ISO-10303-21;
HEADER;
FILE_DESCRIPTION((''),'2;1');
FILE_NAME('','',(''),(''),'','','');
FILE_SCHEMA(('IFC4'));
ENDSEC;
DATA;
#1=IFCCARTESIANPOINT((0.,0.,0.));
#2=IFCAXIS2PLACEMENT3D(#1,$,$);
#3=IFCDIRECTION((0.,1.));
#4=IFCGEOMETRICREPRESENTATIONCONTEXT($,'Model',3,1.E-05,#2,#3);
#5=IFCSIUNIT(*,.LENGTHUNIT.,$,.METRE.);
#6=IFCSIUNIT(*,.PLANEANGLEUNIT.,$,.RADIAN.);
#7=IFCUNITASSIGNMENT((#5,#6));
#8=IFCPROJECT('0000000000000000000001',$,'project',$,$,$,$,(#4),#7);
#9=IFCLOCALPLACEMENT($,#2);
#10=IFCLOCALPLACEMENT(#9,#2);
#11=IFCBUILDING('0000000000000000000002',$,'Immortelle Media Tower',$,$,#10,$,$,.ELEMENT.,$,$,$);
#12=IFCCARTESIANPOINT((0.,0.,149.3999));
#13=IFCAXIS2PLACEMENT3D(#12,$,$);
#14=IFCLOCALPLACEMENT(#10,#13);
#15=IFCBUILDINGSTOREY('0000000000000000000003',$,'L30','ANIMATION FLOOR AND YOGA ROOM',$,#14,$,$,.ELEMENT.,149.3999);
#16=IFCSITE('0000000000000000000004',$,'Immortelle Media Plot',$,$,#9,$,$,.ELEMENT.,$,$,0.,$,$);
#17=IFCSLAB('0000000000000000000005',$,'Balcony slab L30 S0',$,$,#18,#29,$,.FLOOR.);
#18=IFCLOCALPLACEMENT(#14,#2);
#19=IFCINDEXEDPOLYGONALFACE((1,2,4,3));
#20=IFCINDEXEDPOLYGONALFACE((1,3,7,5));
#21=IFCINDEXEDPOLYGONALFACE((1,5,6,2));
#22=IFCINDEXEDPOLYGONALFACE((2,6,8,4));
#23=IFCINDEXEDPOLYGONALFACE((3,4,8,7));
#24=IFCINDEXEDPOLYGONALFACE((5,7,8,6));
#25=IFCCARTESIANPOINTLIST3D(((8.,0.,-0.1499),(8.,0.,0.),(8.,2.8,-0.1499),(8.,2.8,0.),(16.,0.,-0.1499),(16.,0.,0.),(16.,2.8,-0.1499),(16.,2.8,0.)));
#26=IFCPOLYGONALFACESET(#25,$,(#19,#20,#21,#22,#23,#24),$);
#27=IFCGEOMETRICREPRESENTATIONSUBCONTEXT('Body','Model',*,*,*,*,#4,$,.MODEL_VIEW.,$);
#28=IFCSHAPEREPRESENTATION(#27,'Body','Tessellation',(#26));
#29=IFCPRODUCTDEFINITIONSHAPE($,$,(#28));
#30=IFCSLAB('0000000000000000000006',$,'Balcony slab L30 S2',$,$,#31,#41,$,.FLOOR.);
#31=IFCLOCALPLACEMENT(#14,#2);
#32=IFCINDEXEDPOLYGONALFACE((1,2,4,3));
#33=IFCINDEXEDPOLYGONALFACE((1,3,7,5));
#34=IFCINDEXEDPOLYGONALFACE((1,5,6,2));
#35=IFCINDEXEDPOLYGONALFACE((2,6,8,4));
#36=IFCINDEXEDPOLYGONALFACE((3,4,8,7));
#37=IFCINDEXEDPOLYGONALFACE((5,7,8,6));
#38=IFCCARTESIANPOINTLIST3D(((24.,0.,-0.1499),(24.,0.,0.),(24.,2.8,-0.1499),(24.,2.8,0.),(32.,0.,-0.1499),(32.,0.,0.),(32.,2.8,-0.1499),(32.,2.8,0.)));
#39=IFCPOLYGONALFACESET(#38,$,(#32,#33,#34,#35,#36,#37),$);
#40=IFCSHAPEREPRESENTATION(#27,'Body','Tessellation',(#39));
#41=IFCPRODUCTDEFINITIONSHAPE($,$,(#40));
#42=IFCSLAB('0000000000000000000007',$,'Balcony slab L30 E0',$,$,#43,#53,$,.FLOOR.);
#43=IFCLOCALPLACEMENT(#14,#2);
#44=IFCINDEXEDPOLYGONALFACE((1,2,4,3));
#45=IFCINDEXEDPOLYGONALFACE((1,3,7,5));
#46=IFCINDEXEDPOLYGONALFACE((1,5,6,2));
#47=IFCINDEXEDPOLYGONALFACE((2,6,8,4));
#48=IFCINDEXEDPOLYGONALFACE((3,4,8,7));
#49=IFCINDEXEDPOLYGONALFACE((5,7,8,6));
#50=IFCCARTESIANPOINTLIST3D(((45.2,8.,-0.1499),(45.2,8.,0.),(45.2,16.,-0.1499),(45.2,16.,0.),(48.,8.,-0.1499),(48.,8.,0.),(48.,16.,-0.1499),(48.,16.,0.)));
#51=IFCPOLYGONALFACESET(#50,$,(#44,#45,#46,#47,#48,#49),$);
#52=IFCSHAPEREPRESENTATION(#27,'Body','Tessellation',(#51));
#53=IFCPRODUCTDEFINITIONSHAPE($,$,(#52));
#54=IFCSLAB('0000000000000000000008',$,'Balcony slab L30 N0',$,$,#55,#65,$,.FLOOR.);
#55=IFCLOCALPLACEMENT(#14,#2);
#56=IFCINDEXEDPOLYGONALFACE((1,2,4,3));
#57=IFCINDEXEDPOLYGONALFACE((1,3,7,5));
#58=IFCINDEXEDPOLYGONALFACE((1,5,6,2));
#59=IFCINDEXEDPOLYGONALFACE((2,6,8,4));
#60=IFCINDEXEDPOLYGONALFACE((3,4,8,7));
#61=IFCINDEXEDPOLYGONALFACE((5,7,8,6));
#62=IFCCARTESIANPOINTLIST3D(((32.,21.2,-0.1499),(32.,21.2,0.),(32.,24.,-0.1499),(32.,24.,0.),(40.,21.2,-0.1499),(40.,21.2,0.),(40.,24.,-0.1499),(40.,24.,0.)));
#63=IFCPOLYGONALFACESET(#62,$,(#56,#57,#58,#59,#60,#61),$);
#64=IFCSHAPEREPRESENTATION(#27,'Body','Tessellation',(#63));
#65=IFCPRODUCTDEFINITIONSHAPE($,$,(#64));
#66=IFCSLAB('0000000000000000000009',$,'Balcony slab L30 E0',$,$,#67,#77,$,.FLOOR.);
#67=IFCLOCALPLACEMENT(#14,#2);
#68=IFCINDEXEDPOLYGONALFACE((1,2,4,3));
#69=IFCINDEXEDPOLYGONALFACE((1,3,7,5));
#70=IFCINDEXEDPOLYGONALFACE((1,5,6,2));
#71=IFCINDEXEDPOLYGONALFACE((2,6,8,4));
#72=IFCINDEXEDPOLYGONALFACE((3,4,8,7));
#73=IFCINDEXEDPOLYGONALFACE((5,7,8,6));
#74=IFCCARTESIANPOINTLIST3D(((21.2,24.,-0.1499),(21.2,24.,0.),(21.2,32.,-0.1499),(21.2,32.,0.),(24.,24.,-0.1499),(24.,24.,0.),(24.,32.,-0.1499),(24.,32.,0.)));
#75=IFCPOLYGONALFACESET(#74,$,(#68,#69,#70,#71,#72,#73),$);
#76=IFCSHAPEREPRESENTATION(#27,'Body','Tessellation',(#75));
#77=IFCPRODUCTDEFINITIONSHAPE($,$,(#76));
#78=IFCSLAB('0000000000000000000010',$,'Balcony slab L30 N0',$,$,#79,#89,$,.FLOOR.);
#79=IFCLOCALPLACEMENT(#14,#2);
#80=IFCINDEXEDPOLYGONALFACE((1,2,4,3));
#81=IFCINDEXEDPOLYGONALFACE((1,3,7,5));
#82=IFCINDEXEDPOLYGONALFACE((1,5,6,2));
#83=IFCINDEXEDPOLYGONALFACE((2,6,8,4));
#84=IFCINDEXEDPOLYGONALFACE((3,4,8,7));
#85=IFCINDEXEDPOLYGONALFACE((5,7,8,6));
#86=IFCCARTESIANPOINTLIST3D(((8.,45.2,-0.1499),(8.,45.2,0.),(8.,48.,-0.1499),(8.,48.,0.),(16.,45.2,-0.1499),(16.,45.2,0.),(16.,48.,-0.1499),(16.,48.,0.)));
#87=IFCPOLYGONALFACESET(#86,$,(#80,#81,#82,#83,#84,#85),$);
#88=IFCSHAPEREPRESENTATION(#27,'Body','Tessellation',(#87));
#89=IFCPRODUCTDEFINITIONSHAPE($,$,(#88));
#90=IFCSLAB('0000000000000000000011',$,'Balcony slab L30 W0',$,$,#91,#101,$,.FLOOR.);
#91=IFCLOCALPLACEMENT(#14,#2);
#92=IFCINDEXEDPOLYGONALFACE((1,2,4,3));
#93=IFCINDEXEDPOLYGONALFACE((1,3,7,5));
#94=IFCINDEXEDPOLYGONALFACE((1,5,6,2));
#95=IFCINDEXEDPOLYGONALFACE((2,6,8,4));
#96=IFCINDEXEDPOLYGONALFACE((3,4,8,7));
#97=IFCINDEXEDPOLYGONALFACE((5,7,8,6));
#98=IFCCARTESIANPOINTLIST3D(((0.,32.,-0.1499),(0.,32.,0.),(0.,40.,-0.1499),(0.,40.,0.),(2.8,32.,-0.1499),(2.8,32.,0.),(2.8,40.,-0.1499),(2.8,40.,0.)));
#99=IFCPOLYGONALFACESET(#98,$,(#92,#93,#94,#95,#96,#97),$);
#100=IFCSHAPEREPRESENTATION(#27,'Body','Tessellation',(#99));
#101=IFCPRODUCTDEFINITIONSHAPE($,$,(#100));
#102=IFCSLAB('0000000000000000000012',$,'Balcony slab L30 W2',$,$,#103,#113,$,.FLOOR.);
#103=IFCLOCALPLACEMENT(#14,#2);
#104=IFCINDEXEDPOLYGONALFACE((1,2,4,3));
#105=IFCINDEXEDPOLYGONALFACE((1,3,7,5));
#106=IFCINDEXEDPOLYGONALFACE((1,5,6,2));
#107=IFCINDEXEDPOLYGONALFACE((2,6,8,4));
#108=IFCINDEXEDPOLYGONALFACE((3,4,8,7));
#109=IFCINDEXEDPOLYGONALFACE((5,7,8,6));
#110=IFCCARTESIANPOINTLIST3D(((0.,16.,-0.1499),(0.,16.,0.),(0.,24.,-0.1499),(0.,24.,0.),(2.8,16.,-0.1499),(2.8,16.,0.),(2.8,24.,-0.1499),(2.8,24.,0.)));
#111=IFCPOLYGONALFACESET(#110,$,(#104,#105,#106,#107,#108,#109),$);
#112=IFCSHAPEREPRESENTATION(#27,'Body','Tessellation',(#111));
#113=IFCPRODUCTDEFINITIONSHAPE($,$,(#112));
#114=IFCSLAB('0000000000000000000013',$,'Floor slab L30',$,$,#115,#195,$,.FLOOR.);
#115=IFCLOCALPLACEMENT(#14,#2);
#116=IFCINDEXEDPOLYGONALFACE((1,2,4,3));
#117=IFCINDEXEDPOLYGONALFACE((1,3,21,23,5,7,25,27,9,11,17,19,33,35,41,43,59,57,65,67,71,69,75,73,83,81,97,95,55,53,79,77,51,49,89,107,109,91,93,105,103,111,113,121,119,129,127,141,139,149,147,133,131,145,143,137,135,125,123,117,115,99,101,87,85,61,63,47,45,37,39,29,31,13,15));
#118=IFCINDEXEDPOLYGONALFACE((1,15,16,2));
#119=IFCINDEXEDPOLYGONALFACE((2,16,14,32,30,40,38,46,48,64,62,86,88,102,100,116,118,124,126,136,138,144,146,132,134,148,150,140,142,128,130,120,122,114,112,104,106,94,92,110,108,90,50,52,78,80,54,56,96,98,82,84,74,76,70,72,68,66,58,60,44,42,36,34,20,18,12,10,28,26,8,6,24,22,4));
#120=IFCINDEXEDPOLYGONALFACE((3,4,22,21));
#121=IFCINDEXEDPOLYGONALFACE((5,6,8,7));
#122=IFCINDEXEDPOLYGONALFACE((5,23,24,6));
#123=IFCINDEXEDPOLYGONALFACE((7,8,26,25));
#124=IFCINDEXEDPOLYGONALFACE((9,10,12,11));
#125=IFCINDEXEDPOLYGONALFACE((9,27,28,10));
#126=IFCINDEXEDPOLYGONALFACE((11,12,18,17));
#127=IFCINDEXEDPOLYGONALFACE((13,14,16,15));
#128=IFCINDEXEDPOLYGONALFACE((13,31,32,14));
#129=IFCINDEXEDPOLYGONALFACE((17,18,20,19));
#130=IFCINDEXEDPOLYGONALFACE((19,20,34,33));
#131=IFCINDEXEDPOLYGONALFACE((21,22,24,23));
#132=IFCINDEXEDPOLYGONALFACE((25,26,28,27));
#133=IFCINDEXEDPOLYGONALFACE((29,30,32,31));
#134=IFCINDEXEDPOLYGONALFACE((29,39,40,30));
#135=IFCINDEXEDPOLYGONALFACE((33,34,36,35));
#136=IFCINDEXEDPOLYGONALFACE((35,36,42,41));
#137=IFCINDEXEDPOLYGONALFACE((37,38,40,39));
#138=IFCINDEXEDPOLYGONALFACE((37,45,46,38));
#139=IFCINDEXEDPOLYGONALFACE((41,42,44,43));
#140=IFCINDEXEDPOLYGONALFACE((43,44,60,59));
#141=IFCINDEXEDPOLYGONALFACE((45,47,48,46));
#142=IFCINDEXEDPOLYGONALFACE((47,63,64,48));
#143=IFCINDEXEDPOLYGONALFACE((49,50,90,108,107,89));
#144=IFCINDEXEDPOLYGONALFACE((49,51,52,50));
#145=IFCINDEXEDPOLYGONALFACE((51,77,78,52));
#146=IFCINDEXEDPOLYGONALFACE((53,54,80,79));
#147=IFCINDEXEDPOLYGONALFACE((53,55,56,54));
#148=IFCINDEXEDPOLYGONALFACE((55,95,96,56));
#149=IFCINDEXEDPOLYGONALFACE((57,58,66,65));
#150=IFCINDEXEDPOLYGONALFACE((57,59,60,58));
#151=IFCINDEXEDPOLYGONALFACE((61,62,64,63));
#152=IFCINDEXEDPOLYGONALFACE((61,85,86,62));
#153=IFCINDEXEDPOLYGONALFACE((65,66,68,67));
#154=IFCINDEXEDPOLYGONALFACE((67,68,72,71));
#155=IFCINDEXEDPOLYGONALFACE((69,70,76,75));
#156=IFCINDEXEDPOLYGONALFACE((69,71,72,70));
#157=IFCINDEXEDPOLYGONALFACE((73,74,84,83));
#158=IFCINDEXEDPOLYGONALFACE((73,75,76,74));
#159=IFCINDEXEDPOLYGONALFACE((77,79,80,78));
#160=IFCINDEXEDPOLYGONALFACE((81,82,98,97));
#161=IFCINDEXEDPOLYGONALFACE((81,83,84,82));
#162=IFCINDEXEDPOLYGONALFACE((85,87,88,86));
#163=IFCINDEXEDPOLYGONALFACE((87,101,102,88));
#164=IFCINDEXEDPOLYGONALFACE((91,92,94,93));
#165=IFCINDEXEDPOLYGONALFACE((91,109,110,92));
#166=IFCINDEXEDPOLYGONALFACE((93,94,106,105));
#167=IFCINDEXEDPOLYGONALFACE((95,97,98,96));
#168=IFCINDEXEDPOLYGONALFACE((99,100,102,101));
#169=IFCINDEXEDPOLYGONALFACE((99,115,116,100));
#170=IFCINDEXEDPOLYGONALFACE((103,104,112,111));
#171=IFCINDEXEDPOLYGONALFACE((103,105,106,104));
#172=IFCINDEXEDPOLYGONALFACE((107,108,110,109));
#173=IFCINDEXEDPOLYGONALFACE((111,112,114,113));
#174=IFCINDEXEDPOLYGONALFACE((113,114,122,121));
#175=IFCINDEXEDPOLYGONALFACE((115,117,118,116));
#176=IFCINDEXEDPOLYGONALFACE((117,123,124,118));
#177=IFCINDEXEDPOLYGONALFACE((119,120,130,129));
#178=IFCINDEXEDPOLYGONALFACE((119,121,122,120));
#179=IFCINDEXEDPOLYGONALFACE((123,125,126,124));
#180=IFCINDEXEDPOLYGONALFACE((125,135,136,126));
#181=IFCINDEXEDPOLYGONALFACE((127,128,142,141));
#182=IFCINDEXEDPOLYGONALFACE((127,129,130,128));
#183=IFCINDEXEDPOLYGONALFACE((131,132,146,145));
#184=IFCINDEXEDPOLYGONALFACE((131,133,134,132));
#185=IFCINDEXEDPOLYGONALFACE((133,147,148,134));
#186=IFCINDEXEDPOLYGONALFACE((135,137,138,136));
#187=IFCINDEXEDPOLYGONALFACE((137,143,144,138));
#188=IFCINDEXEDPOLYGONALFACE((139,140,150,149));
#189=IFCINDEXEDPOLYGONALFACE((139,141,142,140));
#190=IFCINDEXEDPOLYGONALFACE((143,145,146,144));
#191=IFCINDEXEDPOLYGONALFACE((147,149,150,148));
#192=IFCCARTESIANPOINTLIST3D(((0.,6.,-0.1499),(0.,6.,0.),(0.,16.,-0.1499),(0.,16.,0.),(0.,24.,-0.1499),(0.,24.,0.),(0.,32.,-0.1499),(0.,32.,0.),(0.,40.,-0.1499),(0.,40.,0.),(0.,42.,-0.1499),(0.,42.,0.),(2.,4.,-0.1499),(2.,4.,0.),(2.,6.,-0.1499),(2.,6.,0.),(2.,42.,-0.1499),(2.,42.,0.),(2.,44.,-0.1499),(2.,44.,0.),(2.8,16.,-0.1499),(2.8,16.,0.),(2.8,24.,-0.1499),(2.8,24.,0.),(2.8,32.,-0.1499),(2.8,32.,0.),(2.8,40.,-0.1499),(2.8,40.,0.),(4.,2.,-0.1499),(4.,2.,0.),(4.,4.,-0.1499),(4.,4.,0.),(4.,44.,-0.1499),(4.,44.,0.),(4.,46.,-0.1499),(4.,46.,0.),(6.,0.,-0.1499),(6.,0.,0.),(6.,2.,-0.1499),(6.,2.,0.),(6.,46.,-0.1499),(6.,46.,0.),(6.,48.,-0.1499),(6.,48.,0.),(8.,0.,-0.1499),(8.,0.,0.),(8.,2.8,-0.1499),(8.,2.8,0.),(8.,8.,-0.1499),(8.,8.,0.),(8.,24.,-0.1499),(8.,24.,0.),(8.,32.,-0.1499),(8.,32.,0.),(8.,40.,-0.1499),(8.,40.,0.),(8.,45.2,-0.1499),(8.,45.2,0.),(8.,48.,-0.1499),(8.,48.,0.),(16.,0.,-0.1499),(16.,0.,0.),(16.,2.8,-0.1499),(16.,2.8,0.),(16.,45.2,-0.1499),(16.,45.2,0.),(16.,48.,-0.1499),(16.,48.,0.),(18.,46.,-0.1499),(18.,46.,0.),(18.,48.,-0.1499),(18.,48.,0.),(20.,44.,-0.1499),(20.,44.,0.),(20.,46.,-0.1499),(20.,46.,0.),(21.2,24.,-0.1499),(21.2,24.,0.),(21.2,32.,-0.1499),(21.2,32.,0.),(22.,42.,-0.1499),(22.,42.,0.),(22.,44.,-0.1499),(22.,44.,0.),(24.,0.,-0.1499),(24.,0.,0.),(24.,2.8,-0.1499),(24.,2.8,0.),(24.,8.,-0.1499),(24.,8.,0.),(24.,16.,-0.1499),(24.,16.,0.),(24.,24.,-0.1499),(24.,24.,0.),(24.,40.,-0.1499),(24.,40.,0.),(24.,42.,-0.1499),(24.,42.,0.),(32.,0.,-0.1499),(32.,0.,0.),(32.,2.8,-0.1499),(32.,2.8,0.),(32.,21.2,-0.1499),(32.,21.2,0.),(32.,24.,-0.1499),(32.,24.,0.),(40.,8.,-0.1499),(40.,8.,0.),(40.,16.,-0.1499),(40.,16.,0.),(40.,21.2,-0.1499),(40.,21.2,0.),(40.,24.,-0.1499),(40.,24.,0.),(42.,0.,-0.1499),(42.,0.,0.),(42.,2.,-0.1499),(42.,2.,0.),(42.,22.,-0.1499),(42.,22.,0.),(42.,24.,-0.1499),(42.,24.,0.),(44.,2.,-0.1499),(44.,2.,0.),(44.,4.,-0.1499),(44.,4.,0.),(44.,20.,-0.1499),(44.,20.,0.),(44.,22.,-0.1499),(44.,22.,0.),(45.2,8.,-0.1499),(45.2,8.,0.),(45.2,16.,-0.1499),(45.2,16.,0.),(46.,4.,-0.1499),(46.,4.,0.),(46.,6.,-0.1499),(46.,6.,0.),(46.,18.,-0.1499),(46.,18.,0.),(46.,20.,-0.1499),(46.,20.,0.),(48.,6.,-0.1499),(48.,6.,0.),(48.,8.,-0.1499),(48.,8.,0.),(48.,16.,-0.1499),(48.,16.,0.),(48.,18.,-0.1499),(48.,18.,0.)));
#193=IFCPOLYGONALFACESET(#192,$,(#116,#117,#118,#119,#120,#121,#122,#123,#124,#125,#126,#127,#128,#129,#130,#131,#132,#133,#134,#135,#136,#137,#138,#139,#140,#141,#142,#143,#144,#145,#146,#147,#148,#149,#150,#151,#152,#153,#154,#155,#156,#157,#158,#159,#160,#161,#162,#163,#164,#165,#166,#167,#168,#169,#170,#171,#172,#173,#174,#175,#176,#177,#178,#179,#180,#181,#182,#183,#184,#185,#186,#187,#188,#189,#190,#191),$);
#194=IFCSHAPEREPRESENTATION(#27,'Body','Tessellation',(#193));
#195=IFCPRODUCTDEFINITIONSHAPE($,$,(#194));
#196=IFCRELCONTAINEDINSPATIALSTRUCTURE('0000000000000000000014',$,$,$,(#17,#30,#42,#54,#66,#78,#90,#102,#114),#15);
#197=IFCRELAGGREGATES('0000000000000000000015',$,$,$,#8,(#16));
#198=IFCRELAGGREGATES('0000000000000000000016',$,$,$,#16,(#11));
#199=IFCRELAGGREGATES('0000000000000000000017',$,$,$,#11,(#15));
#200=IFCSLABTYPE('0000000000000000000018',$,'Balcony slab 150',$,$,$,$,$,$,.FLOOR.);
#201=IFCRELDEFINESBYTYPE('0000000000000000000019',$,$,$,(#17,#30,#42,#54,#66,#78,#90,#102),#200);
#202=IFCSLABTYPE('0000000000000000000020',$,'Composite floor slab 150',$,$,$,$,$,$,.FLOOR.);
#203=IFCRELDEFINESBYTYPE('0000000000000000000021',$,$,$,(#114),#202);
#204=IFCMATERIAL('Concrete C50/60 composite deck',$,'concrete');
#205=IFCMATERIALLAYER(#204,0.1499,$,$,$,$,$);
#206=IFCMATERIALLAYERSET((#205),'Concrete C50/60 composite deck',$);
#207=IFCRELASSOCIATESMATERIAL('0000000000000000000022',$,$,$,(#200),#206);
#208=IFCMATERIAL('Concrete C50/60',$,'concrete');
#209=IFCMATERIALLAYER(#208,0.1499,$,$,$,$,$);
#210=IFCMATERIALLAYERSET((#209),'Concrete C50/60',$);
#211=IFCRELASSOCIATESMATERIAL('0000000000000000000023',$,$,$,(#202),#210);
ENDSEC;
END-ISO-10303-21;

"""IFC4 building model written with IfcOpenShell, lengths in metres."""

from ifc_helpers import new_model, si_unit, direction, frame, origin, place, context, subcontext, project, spatial, polyline, outline, extrude, material, layer, layer_set, type_object, element, save


model = new_model("IFC4")

# Units and contexts
model_context = context("Model", 3, precision=1e-05, world=origin(), true_north=direction((0.0, 1.0)))
body_context = subcontext(model_context, "Body", "Model", "MODEL_VIEW")
ifc_project = project(units=[si_unit("LENGTHUNIT", "METRE"), si_unit("PLANEANGLEUNIT", "RADIAN")], contexts=[model_context])

# Site, building, storey
site_placement = place(None, origin())
site = spatial("IfcSite", under=ifc_project, at=site_placement, Name="Immortelle Media Plot", CompositionType="ELEMENT", RefElevation=0.0)
building_placement = place(site_placement, origin())
building = spatial("IfcBuilding", under=site, at=building_placement, Name="Immortelle Media Tower", CompositionType="ELEMENT")
storey_placement = place(building_placement, frame((0.0, 0.0, 149.3999)))
storey = spatial("IfcBuildingStorey", under=building, at=storey_placement, Name="L30", Description="ANIMATION FLOOR AND YOGA ROOM", CompositionType="ELEMENT", Elevation=149.3999)

# Slabs
ifc_material_1 = material(Name="Concrete C50/60 composite deck", Category="concrete")
ifc_layer_1 = layer(ifc_material_1, 0.1499)
ifc_layer_set_1 = layer_set([ifc_layer_1], Name="Concrete C50/60 composite deck")
slab_type_1 = type_object("IfcSlabType", Name="Balcony slab 150", PredefinedType="FLOOR", material=ifc_layer_set_1)
slab_1_placement = place(storey_placement, frame((0.0, 0.0, -0.1499)))
element("IfcSlab", 1, at=slab_1_placement, inside=storey, type_object=slab_type_1, Name="Balcony slab L30 S0", PredefinedType="FLOOR", context=body_context, shape_type="SweptSolid", body=[
    extrude(outline(polyline([(16.0, 0.0), (16.0, 2.8), (8.0, 2.8), (8.0, 0.0), (16.0, 0.0)])), origin(), (0.0, 0.0, 1.0), 0.1499),
])
slab_2_placement = place(storey_placement, frame((0.0, 0.0, -0.1499)))
element("IfcSlab", 2, at=slab_2_placement, inside=storey, type_object=slab_type_1, Name="Balcony slab L30 S2", PredefinedType="FLOOR", context=body_context, shape_type="SweptSolid", body=[
    extrude(outline(polyline([(32.0, 0.0), (32.0, 2.8), (24.0, 2.8), (24.0, 0.0), (32.0, 0.0)])), origin(), (0.0, 0.0, 1.0), 0.1499),
])
slab_3_placement = place(storey_placement, frame((0.0, 0.0, -0.1499)))
element("IfcSlab", 3, at=slab_3_placement, inside=storey, type_object=slab_type_1, Name="Balcony slab L30 E0", PredefinedType="FLOOR", context=body_context, shape_type="SweptSolid", body=[
    extrude(outline(polyline([(48.0, 8.0), (48.0, 16.0), (45.2, 16.0), (45.2, 8.0), (48.0, 8.0)])), origin(), (0.0, 0.0, 1.0), 0.1499),
])
slab_4_placement = place(storey_placement, frame((0.0, 0.0, -0.1499)))
element("IfcSlab", 4, at=slab_4_placement, inside=storey, type_object=slab_type_1, Name="Balcony slab L30 N0", PredefinedType="FLOOR", context=body_context, shape_type="SweptSolid", body=[
    extrude(outline(polyline([(40.0, 21.2), (40.0, 24.0), (32.0, 24.0), (32.0, 21.2), (40.0, 21.2)])), origin(), (0.0, 0.0, 1.0), 0.1499),
])
slab_5_placement = place(storey_placement, frame((0.0, 0.0, -0.1499)))
element("IfcSlab", 5, at=slab_5_placement, inside=storey, type_object=slab_type_1, Name="Balcony slab L30 E0", PredefinedType="FLOOR", context=body_context, shape_type="SweptSolid", body=[
    extrude(outline(polyline([(24.0, 24.0), (24.0, 32.0), (21.2, 32.0), (21.2, 24.0), (24.0, 24.0)])), origin(), (0.0, 0.0, 1.0), 0.1499),
])
slab_6_placement = place(storey_placement, frame((0.0, 0.0, -0.1499)))
element("IfcSlab", 6, at=slab_6_placement, inside=storey, type_object=slab_type_1, Name="Balcony slab L30 N0", PredefinedType="FLOOR", context=body_context, shape_type="SweptSolid", body=[
    extrude(outline(polyline([(16.0, 45.2), (16.0, 48.0), (8.0, 48.0), (8.0, 45.2), (16.0, 45.2)])), origin(), (0.0, 0.0, 1.0), 0.1499),
])
slab_7_placement = place(storey_placement, frame((0.0, 0.0, -0.1499)))
element("IfcSlab", 7, at=slab_7_placement, inside=storey, type_object=slab_type_1, Name="Balcony slab L30 W0", PredefinedType="FLOOR", context=body_context, shape_type="SweptSolid", body=[
    extrude(outline(polyline([(2.8, 32.0), (2.8, 40.0), (0.0, 40.0), (0.0, 32.0), (2.8, 32.0)])), origin(), (0.0, 0.0, 1.0), 0.1499),
])
slab_8_placement = place(storey_placement, frame((0.0, 0.0, -0.1499)))
element("IfcSlab", 8, at=slab_8_placement, inside=storey, type_object=slab_type_1, Name="Balcony slab L30 W2", PredefinedType="FLOOR", context=body_context, shape_type="SweptSolid", body=[
    extrude(outline(polyline([(2.8, 16.0), (2.8, 24.0), (0.0, 24.0), (0.0, 16.0), (2.8, 16.0)])), origin(), (0.0, 0.0, 1.0), 0.1499),
])
ifc_material_2 = material(Name="Concrete C50/60", Category="concrete")
ifc_layer_2 = layer(ifc_material_2, 0.1499)
ifc_layer_set_2 = layer_set([ifc_layer_2], Name="Concrete C50/60")
slab_type_2 = type_object("IfcSlabType", Name="Composite floor slab 150", PredefinedType="FLOOR", material=ifc_layer_set_2)
slab_9_placement = place(storey_placement, frame((0.0, 0.0, -0.1499)))
element("IfcSlab", 9, at=slab_9_placement, inside=storey, type_object=slab_type_2, Name="Floor slab L30", PredefinedType="FLOOR", context=body_context, shape_type="SweptSolid", body=[
    extrude(outline(polyline([(6.0, 0.0), (6.0, 2.0), (4.0, 2.0), (4.0, 4.0), (2.0, 4.0), (2.0, 6.0), (0.0, 6.0), (0.0, 16.0), (2.8, 16.0), (2.8, 24.0), (0.0, 24.0), (0.0, 32.0), (2.8, 32.0), (2.8, 40.0), (0.0, 40.0), (0.0, 42.0), (2.0, 42.0), (2.0, 44.0), (4.0, 44.0), (4.0, 46.0), (6.0, 46.0), (6.0, 48.0), (8.0, 48.0), (8.0, 45.2), (16.0, 45.2), (16.0, 48.0), (18.0, 48.0), (18.0, 46.0), (20.0, 46.0), (20.0, 44.0), (22.0, 44.0), (22.0, 42.0), (24.0, 42.0), (24.0, 40.0), (8.0, 40.0), (8.0, 32.0), (21.2, 32.0), (21.2, 24.0), (8.0, 24.0), (8.0, 8.0), (24.0, 8.0), (40.0, 8.0), (40.0, 16.0), (24.0, 16.0), (24.0, 24.0), (32.0, 24.0), (32.0, 21.2), (40.0, 21.2), (40.0, 24.0), (42.0, 24.0), (42.0, 22.0), (44.0, 22.0), (44.0, 20.0), (46.0, 20.0), (46.0, 18.0), (48.0, 18.0), (48.0, 16.0), (45.2, 16.0), (45.2, 8.0), (48.0, 8.0), (48.0, 6.0), (46.0, 6.0), (46.0, 4.0), (44.0, 4.0), (44.0, 2.0), (42.0, 2.0), (42.0, 0.0), (32.0, 0.0), (32.0, 2.8), (24.0, 2.8), (24.0, 0.0), (16.0, 0.0), (16.0, 2.8), (8.0, 2.8), (8.0, 0.0), (6.0, 0.0)])), origin(), (0.0, 0.0, 1.0), 0.1499),
])

save(model, "model.ifc")
